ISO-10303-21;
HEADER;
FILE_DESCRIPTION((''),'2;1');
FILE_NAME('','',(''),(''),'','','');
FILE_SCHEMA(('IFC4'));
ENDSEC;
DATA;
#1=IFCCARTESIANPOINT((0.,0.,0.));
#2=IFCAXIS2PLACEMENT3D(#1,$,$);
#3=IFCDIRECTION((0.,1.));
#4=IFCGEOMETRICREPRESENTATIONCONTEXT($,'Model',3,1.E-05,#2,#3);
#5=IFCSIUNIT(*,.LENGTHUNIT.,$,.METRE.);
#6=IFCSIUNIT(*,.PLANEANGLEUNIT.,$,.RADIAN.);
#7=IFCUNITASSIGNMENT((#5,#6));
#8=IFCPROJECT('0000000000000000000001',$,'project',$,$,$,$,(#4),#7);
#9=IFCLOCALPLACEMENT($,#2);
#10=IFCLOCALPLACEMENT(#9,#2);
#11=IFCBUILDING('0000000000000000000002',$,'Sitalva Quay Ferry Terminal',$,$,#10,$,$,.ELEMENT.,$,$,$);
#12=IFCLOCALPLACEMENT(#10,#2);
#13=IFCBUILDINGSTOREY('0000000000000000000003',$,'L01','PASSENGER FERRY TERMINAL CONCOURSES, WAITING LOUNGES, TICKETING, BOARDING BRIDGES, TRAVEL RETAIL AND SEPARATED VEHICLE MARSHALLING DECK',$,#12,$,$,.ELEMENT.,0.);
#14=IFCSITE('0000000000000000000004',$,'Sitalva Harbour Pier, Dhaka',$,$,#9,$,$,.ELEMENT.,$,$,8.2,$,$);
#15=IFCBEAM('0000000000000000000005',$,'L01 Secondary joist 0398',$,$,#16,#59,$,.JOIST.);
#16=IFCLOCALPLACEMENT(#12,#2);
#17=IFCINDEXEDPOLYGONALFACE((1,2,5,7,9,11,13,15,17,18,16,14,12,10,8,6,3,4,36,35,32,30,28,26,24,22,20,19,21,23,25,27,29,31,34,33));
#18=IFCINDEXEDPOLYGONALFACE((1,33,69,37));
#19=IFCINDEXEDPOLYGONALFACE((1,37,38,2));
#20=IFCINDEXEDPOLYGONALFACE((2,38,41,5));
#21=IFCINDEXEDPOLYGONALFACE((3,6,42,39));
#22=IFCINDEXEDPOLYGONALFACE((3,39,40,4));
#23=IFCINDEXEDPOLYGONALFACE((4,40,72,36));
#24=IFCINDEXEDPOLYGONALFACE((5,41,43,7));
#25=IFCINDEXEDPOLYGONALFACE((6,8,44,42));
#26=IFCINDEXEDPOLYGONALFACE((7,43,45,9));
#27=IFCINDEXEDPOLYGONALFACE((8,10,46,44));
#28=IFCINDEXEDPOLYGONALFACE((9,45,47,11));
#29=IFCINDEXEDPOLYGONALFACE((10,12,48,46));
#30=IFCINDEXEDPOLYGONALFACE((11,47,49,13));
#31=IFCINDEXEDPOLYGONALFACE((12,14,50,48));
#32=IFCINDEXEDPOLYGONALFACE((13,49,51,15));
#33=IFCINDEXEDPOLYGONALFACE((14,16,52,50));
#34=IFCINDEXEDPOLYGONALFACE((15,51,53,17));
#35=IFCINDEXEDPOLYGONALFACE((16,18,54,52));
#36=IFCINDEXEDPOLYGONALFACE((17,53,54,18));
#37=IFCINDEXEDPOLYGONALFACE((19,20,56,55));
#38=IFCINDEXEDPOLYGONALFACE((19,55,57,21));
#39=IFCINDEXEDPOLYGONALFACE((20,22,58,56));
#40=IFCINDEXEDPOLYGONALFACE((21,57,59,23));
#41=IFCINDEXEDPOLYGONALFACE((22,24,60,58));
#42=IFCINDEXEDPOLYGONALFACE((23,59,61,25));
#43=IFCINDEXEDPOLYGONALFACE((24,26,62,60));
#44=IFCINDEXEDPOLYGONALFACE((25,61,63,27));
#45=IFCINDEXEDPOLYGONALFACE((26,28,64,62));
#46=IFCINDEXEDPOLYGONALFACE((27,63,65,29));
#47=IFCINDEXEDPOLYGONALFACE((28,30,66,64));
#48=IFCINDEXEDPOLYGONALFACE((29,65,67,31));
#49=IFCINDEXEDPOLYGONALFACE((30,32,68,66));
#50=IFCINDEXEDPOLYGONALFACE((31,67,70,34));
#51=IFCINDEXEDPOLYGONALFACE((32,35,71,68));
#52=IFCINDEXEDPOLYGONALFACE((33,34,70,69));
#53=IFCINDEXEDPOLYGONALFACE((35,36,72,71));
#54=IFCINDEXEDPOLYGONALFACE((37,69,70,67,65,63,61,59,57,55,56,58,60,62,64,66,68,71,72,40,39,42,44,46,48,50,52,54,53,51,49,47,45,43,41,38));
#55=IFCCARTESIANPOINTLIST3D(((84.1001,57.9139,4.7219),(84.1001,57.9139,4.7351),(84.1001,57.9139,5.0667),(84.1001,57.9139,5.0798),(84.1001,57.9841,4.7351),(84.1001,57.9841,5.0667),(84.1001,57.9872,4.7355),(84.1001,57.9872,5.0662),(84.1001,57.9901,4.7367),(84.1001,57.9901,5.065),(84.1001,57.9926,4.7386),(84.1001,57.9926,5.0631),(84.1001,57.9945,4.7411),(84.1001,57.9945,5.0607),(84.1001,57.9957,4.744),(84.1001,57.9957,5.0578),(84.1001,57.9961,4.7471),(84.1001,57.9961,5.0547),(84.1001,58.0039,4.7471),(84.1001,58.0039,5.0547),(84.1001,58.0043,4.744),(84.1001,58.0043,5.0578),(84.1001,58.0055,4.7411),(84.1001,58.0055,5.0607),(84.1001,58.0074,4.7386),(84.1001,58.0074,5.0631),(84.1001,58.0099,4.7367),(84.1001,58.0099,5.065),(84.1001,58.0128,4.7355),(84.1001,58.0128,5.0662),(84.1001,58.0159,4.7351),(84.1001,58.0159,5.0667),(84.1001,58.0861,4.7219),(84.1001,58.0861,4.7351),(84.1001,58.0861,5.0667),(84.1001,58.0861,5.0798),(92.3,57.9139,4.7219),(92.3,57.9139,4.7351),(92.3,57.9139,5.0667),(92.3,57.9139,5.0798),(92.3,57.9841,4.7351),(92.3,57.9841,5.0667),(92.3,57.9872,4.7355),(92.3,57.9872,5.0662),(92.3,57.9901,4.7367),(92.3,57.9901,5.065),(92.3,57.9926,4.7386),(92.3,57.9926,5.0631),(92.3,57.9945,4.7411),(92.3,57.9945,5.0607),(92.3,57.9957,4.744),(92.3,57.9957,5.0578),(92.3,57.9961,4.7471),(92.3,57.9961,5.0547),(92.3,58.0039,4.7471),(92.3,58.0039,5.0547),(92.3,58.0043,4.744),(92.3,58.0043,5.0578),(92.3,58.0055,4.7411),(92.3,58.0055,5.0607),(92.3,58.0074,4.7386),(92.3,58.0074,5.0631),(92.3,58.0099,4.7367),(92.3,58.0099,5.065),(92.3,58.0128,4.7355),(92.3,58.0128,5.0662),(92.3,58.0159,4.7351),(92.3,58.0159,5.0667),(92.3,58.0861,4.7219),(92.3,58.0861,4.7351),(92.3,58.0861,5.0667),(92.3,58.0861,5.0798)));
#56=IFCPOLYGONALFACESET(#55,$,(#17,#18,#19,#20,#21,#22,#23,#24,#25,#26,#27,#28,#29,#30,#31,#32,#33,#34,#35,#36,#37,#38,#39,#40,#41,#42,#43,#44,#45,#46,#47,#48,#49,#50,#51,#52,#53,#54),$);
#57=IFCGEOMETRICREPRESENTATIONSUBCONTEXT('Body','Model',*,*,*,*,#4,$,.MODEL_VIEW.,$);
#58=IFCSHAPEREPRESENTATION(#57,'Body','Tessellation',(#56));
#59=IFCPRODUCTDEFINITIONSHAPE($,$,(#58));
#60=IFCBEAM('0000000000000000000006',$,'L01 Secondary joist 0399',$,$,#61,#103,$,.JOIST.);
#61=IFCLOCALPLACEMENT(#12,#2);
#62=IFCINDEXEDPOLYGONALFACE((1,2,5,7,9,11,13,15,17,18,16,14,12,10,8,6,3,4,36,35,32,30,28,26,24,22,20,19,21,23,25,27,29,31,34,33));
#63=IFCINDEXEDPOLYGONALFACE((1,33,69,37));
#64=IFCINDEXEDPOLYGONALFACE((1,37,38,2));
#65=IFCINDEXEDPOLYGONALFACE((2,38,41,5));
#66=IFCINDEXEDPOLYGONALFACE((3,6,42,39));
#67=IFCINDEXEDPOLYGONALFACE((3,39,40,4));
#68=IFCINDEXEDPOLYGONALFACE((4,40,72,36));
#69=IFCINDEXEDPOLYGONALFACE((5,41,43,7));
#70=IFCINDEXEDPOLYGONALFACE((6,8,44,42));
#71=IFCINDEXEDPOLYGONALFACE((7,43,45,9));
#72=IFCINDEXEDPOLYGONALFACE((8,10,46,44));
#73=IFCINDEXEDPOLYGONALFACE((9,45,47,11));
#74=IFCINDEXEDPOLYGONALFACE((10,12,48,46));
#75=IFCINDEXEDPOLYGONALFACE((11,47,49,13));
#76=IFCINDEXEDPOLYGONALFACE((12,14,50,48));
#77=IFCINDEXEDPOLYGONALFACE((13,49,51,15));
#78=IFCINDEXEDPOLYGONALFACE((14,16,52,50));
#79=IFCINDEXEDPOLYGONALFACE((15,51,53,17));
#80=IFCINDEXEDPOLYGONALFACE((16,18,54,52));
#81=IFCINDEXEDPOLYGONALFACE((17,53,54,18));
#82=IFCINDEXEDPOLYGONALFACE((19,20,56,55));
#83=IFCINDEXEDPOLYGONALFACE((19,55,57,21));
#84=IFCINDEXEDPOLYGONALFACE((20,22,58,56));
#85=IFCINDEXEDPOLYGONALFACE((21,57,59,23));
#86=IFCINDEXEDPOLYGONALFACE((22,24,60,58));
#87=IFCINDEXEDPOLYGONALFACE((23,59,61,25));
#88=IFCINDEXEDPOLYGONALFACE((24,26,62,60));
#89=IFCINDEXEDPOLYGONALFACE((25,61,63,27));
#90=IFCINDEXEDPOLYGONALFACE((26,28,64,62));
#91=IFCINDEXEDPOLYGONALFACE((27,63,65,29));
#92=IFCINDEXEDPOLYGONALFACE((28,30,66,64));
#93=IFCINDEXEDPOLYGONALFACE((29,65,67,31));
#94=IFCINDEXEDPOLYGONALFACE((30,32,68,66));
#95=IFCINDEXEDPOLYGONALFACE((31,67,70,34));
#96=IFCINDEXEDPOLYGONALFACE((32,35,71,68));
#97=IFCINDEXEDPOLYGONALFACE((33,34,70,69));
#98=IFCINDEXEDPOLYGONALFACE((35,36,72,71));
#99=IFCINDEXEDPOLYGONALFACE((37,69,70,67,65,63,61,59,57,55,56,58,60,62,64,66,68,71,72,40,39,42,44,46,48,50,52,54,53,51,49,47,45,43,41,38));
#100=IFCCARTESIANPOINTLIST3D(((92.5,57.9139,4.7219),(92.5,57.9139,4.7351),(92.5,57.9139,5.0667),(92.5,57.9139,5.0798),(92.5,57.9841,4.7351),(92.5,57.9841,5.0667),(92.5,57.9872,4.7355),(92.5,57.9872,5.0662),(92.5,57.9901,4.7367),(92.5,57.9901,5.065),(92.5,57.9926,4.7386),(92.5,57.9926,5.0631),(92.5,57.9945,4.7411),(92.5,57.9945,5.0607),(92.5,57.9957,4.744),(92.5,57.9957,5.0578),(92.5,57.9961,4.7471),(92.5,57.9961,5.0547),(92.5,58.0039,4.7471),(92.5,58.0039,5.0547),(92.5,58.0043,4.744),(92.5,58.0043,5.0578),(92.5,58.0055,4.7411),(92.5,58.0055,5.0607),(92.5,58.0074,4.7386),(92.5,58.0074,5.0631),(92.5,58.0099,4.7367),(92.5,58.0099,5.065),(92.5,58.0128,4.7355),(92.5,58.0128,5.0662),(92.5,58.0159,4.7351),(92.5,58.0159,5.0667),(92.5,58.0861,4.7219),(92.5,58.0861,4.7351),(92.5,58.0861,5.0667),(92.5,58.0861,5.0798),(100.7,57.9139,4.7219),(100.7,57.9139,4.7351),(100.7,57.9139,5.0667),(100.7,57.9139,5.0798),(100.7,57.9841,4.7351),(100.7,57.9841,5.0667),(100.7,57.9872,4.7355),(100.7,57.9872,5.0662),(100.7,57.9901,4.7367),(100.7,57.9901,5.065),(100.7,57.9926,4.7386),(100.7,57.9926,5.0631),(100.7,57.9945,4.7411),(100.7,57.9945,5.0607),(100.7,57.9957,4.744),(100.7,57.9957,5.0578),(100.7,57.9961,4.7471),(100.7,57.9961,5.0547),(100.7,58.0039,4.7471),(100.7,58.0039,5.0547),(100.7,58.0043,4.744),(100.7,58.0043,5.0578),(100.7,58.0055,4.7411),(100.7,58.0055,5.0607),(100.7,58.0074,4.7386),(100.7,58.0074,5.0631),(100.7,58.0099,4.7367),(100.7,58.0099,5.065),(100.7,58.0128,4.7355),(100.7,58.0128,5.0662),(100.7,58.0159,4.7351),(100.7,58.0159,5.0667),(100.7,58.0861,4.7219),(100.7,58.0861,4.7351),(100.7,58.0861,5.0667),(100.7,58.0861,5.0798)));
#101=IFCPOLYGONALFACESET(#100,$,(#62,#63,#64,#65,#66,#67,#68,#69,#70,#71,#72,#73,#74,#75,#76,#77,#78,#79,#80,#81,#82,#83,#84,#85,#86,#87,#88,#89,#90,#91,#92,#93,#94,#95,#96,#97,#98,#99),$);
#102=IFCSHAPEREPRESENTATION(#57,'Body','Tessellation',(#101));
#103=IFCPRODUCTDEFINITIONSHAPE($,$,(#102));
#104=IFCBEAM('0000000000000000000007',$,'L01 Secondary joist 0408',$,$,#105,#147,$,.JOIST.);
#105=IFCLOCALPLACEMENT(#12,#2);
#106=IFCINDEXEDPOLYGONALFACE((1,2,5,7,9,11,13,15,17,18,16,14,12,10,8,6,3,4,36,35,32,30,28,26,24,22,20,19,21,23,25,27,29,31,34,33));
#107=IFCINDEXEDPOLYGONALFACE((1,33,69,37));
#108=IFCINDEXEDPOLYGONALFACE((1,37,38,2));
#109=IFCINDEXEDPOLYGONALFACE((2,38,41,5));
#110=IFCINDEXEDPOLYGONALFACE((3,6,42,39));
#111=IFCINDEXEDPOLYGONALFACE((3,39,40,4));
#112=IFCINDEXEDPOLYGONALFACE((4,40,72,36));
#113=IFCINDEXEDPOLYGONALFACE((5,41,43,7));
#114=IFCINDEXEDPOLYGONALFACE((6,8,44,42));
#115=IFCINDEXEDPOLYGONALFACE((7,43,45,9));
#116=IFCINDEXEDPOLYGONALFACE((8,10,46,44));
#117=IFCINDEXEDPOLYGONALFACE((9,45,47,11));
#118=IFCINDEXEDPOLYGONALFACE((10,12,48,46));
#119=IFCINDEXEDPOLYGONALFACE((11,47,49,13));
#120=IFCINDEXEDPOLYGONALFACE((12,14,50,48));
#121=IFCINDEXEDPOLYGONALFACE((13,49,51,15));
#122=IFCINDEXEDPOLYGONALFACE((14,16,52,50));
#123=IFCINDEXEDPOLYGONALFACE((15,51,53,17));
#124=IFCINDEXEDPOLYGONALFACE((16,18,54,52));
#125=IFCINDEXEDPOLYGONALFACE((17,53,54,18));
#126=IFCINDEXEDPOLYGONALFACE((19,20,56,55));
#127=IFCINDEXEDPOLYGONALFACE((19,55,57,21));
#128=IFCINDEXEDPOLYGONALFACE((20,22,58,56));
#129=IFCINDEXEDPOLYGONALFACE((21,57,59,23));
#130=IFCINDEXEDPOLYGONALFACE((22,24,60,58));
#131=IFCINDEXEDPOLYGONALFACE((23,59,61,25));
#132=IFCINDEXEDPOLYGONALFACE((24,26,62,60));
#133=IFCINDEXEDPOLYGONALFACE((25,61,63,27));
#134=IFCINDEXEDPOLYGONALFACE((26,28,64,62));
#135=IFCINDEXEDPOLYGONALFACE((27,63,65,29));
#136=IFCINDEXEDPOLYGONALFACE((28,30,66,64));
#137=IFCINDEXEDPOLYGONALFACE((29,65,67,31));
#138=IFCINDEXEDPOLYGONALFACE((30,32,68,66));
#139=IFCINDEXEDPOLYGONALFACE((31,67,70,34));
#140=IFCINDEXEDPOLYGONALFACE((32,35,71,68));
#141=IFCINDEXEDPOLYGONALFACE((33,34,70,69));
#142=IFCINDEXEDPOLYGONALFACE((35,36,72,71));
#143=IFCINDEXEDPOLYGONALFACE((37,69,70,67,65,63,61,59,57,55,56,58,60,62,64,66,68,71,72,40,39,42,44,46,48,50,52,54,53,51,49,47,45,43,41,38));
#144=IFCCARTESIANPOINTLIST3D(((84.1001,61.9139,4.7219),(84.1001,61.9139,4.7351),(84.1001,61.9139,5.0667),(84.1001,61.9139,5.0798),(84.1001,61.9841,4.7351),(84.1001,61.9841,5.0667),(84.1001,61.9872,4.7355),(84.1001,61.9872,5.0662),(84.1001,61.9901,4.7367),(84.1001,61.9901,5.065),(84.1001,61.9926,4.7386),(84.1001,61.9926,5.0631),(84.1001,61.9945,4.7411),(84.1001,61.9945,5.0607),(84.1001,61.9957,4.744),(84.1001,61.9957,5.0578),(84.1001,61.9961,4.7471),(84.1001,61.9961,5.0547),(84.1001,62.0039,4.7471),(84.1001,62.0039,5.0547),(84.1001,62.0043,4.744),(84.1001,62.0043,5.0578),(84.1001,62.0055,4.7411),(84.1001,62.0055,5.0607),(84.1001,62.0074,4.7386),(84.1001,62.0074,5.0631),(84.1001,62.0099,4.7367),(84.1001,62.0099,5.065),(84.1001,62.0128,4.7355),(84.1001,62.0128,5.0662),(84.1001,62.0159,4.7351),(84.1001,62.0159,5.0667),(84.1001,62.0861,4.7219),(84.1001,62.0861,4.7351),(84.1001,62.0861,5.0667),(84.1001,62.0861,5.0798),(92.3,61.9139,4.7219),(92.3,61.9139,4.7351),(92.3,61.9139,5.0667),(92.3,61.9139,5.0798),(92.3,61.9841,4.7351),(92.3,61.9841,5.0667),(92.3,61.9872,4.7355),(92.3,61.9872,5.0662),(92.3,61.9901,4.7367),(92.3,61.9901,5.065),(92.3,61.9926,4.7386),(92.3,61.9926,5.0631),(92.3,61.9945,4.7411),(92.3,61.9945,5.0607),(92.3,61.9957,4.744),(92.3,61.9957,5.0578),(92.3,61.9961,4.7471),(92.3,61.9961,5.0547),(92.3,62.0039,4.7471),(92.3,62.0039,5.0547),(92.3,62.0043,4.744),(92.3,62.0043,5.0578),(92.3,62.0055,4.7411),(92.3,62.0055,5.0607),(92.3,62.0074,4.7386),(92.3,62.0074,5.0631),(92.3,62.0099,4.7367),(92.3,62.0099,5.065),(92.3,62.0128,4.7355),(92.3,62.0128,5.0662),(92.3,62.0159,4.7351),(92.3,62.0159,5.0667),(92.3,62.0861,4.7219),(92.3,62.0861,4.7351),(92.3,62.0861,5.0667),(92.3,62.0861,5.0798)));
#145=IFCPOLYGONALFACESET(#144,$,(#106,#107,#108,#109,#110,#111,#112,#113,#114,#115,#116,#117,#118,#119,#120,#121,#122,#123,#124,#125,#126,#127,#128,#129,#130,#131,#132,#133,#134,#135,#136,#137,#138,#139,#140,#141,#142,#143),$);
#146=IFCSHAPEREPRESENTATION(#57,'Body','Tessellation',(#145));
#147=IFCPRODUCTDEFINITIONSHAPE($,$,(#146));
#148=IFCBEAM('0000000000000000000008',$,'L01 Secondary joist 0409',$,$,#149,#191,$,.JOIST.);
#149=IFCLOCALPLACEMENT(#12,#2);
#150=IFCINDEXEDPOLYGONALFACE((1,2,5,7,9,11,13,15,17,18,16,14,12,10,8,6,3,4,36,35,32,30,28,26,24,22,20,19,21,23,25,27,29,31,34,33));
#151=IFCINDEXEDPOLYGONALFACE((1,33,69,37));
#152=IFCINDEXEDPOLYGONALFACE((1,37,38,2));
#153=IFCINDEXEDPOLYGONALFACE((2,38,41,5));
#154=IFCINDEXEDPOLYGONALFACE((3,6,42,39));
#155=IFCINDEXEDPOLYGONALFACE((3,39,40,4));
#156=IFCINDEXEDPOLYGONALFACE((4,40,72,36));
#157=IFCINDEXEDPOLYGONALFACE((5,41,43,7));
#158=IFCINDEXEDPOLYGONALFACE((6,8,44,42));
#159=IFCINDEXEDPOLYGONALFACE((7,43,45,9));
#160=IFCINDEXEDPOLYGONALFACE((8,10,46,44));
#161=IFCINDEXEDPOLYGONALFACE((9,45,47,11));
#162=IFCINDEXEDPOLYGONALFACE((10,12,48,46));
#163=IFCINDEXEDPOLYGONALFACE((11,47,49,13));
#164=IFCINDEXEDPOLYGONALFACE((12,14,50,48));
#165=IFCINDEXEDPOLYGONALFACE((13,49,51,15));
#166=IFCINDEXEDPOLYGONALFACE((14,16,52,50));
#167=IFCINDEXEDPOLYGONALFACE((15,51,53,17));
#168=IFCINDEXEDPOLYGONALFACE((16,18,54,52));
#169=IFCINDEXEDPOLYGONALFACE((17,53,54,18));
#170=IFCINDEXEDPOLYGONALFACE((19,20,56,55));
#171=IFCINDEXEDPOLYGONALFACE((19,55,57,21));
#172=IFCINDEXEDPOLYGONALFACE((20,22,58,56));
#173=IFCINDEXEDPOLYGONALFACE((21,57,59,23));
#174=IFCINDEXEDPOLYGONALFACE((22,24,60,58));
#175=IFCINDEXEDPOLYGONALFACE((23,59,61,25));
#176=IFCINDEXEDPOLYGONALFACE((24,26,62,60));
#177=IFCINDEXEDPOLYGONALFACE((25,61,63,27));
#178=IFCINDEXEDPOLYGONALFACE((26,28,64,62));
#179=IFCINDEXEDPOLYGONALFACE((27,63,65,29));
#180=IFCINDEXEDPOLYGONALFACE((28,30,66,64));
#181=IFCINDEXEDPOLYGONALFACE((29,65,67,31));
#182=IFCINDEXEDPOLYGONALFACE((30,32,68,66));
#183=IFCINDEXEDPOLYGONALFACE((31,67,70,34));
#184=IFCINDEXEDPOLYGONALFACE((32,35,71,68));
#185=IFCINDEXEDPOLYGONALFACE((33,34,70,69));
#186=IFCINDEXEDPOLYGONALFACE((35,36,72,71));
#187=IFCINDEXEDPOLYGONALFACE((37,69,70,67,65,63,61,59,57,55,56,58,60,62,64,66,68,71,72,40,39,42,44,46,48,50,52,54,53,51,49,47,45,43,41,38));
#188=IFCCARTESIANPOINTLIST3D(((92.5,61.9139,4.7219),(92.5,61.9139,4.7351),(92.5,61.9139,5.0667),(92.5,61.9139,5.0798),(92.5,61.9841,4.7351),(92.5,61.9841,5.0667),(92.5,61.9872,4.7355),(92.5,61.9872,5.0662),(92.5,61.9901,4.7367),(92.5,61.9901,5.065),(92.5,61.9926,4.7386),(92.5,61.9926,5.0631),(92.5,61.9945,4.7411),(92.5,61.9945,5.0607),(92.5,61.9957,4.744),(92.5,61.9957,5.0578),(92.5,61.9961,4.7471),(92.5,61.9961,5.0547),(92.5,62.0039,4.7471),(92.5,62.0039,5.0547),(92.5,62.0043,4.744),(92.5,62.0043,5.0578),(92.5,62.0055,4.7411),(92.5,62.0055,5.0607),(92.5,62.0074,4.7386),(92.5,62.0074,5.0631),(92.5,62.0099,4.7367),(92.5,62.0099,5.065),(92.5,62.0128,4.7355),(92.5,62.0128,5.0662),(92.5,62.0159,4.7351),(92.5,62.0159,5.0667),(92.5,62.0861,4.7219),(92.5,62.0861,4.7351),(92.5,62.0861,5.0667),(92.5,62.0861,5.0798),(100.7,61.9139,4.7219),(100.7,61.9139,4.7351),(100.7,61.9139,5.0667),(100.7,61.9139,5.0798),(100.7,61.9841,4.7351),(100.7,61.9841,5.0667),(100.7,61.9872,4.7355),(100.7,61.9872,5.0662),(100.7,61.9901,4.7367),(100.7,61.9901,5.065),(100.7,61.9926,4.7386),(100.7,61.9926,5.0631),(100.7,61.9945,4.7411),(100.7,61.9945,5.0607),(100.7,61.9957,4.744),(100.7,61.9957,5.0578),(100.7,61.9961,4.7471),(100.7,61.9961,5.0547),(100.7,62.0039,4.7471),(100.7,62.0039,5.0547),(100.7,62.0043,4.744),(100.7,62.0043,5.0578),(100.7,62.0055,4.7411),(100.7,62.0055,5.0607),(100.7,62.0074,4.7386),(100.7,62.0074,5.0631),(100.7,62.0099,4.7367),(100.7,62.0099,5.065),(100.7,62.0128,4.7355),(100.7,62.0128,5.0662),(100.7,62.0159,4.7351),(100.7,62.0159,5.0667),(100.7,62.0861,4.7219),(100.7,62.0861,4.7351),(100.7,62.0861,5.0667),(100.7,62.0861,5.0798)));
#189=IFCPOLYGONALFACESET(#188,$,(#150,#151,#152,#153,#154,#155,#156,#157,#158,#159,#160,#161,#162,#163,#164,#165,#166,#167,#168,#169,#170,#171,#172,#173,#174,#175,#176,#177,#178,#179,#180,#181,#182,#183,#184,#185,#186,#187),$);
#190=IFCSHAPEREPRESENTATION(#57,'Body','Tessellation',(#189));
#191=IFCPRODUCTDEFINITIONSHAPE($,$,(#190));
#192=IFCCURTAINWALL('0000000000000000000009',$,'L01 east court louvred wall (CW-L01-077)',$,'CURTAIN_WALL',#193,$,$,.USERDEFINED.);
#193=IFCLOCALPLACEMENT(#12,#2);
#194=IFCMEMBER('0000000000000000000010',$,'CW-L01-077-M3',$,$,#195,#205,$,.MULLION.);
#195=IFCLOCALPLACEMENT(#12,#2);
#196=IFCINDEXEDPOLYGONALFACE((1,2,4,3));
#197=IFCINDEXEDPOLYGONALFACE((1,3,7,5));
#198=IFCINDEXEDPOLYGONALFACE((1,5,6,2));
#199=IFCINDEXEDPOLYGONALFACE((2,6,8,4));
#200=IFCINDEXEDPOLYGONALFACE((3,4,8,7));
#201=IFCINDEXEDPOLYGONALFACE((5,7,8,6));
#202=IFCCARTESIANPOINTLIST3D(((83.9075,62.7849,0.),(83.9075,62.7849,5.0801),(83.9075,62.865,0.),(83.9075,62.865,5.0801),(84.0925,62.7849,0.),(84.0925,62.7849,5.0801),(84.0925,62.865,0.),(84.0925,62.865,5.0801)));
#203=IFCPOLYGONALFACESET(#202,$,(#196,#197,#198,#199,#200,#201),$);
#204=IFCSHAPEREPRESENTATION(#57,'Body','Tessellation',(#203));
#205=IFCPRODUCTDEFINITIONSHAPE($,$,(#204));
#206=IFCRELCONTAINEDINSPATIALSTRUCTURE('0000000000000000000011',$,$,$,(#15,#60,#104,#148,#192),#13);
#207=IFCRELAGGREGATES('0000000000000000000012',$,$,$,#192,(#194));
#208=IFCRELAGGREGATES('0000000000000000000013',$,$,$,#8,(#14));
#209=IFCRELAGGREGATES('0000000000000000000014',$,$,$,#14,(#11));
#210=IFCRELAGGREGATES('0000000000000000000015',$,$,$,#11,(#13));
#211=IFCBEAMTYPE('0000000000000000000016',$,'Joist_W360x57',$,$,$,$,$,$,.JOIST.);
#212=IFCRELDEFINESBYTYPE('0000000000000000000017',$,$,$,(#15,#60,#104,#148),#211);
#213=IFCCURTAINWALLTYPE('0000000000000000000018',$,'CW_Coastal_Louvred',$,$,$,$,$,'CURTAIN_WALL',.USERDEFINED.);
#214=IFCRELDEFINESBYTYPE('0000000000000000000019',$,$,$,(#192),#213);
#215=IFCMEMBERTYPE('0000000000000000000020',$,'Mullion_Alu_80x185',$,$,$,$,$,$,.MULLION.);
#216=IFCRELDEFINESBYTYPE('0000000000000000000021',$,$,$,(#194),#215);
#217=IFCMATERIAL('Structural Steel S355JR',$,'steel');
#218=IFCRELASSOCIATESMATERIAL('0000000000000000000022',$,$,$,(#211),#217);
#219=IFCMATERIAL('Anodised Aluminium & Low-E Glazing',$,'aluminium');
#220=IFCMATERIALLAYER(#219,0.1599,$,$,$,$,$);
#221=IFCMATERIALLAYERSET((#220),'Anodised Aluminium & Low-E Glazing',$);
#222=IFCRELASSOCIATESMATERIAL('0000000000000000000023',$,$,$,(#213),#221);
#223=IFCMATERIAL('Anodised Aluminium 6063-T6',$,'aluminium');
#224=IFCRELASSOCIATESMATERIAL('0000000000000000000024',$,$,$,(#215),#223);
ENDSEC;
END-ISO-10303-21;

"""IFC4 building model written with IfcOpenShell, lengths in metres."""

from ifc_helpers import new_model, si_unit, direction, frame, origin, origin_2d, place, context, subcontext, project, spatial, rectangle, i_section, extrude, material, layer, layer_set, material_profile, profile_set, type_object, element, aggregate, save


model = new_model("IFC4")

# Units and contexts
model_context = context("Model", 3, precision=1e-05, world=origin(), true_north=direction((0.0, 1.0)))
body_context = subcontext(model_context, "Body", "Model", "MODEL_VIEW")
ifc_project = project(units=[si_unit("LENGTHUNIT", "METRE"), si_unit("PLANEANGLEUNIT", "RADIAN")], contexts=[model_context])

# Site, building, storey
site_placement = place(None, origin())
site = spatial("IfcSite", under=ifc_project, at=site_placement, Name="Sitalva Harbour Pier, Dhaka", CompositionType="ELEMENT", RefElevation=8.2)
building_placement = place(site_placement, origin())
building = spatial("IfcBuilding", under=site, at=building_placement, Name="Sitalva Quay Ferry Terminal", CompositionType="ELEMENT")
storey_placement = place(building_placement, origin())
storey = spatial("IfcBuildingStorey", under=building, at=storey_placement, Name="L01", Description="PASSENGER FERRY TERMINAL CONCOURSES, WAITING LOUNGES, TICKETING, BOARDING BRIDGES, TRAVEL RETAIL AND SEPARATED VEHICLE MARSHALLING DECK", CompositionType="ELEMENT", Elevation=0.0)

# Beams
ifc_material_1 = material(Name="Structural Steel S355JR", Category="steel")
ifc_material_profile_1 = material_profile(ifc_material_1, i_section(OverallWidth=0.1721, OverallDepth=0.3579, WebThickness=0.0078, FlangeThickness=0.0132, FilletRadius=0.012, at=origin_2d()), Name="W360x57")
ifc_profile_set_1 = profile_set([ifc_material_profile_1], Name="Structural Steel S355JR")
beam_type_1 = type_object("IfcBeamType", Name="Joist_W360x57", PredefinedType="JOIST", material=ifc_profile_set_1)
for number, where, z_axis, x_axis, name in (
    (1, (84.1001, 58.0, 4.9009), (1.0, 0.0, 0.0), (0.0, 1.0, 0.0), "L01 Secondary joist 0398"),
    (2, (92.5, 58.0, 4.9009), (1.0, 0.0, 0.0), (0.0, 1.0, 0.0), "L01 Secondary joist 0399"),
    (3, (84.1001, 62.0, 4.9009), (1.0, 0.0, 0.0), (0.0, 1.0, 0.0), "L01 Secondary joist 0408"),
    (4, (92.5, 62.0, 4.9009), (1.0, 0.0, 0.0), (0.0, 1.0, 0.0), "L01 Secondary joist 0409"),
):
    element("IfcBeam", number, at=place(storey_placement, frame(where, z_axis=z_axis, x_axis=x_axis)), inside=storey, type_object=beam_type_1, Name=name, PredefinedType="JOIST", context=body_context, shape_type="SweptSolid", body=[
        extrude(i_section(OverallWidth=0.1721, OverallDepth=0.3579, WebThickness=0.0078, FlangeThickness=0.0132, FilletRadius=0.012, at=origin_2d()), origin(), (0.0, 0.0, 1.0), 8.2),
    ])

# Curtain wall, member
ifc_material_2 = material(Name="Anodised Aluminium & Low-E Glazing", Category="aluminium")
ifc_layer_1 = layer(ifc_material_2, 0.1599)
ifc_layer_set_1 = layer_set([ifc_layer_1], Name="Anodised Aluminium & Low-E Glazing")
curtain_wall_type = type_object("IfcCurtainWallType", Name="CW_Coastal_Louvred", ElementType="CURTAIN_WALL", PredefinedType="USERDEFINED", material=ifc_layer_set_1)
curtain_wall_placement = place(storey_placement, origin())
curtain_wall = element("IfcCurtainWall", 5, at=curtain_wall_placement, inside=storey, type_object=curtain_wall_type, Name="L01 east court louvred wall (CW-L01-077)", ObjectType="CURTAIN_WALL", PredefinedType="USERDEFINED")
ifc_material_3 = material(Name="Anodised Aluminium 6063-T6", Category="aluminium")
ifc_material_profile_2 = material_profile(ifc_material_3, rectangle(XDim=0.0801, YDim=0.1851, at=origin_2d()), Name="ALU80x185")
ifc_profile_set_2 = profile_set([ifc_material_profile_2], Name="Anodised Aluminium 6063-T6")
member_type_1 = type_object("IfcMemberType", Name="Mullion_Alu_80x185", PredefinedType="MULLION", material=ifc_profile_set_2)
member_1_placement = place(storey_placement, frame((84.0, 62.825, 0.0), z_axis=(0.0, 0.0, 1.0), x_axis=(0.0, 1.0, 0.0)))
member_1 = element("IfcMember", 6, at=member_1_placement, type_object=member_type_1, Name="CW-L01-077-M3", PredefinedType="MULLION", context=body_context, shape_type="SweptSolid", body=[
    extrude(rectangle(XDim=0.0801, YDim=0.1851, at=origin_2d()), origin(), (0.0, 0.0, 1.0), 5.0801),
])

aggregate(curtain_wall, [member_1])

save(model, "model.ifc")
